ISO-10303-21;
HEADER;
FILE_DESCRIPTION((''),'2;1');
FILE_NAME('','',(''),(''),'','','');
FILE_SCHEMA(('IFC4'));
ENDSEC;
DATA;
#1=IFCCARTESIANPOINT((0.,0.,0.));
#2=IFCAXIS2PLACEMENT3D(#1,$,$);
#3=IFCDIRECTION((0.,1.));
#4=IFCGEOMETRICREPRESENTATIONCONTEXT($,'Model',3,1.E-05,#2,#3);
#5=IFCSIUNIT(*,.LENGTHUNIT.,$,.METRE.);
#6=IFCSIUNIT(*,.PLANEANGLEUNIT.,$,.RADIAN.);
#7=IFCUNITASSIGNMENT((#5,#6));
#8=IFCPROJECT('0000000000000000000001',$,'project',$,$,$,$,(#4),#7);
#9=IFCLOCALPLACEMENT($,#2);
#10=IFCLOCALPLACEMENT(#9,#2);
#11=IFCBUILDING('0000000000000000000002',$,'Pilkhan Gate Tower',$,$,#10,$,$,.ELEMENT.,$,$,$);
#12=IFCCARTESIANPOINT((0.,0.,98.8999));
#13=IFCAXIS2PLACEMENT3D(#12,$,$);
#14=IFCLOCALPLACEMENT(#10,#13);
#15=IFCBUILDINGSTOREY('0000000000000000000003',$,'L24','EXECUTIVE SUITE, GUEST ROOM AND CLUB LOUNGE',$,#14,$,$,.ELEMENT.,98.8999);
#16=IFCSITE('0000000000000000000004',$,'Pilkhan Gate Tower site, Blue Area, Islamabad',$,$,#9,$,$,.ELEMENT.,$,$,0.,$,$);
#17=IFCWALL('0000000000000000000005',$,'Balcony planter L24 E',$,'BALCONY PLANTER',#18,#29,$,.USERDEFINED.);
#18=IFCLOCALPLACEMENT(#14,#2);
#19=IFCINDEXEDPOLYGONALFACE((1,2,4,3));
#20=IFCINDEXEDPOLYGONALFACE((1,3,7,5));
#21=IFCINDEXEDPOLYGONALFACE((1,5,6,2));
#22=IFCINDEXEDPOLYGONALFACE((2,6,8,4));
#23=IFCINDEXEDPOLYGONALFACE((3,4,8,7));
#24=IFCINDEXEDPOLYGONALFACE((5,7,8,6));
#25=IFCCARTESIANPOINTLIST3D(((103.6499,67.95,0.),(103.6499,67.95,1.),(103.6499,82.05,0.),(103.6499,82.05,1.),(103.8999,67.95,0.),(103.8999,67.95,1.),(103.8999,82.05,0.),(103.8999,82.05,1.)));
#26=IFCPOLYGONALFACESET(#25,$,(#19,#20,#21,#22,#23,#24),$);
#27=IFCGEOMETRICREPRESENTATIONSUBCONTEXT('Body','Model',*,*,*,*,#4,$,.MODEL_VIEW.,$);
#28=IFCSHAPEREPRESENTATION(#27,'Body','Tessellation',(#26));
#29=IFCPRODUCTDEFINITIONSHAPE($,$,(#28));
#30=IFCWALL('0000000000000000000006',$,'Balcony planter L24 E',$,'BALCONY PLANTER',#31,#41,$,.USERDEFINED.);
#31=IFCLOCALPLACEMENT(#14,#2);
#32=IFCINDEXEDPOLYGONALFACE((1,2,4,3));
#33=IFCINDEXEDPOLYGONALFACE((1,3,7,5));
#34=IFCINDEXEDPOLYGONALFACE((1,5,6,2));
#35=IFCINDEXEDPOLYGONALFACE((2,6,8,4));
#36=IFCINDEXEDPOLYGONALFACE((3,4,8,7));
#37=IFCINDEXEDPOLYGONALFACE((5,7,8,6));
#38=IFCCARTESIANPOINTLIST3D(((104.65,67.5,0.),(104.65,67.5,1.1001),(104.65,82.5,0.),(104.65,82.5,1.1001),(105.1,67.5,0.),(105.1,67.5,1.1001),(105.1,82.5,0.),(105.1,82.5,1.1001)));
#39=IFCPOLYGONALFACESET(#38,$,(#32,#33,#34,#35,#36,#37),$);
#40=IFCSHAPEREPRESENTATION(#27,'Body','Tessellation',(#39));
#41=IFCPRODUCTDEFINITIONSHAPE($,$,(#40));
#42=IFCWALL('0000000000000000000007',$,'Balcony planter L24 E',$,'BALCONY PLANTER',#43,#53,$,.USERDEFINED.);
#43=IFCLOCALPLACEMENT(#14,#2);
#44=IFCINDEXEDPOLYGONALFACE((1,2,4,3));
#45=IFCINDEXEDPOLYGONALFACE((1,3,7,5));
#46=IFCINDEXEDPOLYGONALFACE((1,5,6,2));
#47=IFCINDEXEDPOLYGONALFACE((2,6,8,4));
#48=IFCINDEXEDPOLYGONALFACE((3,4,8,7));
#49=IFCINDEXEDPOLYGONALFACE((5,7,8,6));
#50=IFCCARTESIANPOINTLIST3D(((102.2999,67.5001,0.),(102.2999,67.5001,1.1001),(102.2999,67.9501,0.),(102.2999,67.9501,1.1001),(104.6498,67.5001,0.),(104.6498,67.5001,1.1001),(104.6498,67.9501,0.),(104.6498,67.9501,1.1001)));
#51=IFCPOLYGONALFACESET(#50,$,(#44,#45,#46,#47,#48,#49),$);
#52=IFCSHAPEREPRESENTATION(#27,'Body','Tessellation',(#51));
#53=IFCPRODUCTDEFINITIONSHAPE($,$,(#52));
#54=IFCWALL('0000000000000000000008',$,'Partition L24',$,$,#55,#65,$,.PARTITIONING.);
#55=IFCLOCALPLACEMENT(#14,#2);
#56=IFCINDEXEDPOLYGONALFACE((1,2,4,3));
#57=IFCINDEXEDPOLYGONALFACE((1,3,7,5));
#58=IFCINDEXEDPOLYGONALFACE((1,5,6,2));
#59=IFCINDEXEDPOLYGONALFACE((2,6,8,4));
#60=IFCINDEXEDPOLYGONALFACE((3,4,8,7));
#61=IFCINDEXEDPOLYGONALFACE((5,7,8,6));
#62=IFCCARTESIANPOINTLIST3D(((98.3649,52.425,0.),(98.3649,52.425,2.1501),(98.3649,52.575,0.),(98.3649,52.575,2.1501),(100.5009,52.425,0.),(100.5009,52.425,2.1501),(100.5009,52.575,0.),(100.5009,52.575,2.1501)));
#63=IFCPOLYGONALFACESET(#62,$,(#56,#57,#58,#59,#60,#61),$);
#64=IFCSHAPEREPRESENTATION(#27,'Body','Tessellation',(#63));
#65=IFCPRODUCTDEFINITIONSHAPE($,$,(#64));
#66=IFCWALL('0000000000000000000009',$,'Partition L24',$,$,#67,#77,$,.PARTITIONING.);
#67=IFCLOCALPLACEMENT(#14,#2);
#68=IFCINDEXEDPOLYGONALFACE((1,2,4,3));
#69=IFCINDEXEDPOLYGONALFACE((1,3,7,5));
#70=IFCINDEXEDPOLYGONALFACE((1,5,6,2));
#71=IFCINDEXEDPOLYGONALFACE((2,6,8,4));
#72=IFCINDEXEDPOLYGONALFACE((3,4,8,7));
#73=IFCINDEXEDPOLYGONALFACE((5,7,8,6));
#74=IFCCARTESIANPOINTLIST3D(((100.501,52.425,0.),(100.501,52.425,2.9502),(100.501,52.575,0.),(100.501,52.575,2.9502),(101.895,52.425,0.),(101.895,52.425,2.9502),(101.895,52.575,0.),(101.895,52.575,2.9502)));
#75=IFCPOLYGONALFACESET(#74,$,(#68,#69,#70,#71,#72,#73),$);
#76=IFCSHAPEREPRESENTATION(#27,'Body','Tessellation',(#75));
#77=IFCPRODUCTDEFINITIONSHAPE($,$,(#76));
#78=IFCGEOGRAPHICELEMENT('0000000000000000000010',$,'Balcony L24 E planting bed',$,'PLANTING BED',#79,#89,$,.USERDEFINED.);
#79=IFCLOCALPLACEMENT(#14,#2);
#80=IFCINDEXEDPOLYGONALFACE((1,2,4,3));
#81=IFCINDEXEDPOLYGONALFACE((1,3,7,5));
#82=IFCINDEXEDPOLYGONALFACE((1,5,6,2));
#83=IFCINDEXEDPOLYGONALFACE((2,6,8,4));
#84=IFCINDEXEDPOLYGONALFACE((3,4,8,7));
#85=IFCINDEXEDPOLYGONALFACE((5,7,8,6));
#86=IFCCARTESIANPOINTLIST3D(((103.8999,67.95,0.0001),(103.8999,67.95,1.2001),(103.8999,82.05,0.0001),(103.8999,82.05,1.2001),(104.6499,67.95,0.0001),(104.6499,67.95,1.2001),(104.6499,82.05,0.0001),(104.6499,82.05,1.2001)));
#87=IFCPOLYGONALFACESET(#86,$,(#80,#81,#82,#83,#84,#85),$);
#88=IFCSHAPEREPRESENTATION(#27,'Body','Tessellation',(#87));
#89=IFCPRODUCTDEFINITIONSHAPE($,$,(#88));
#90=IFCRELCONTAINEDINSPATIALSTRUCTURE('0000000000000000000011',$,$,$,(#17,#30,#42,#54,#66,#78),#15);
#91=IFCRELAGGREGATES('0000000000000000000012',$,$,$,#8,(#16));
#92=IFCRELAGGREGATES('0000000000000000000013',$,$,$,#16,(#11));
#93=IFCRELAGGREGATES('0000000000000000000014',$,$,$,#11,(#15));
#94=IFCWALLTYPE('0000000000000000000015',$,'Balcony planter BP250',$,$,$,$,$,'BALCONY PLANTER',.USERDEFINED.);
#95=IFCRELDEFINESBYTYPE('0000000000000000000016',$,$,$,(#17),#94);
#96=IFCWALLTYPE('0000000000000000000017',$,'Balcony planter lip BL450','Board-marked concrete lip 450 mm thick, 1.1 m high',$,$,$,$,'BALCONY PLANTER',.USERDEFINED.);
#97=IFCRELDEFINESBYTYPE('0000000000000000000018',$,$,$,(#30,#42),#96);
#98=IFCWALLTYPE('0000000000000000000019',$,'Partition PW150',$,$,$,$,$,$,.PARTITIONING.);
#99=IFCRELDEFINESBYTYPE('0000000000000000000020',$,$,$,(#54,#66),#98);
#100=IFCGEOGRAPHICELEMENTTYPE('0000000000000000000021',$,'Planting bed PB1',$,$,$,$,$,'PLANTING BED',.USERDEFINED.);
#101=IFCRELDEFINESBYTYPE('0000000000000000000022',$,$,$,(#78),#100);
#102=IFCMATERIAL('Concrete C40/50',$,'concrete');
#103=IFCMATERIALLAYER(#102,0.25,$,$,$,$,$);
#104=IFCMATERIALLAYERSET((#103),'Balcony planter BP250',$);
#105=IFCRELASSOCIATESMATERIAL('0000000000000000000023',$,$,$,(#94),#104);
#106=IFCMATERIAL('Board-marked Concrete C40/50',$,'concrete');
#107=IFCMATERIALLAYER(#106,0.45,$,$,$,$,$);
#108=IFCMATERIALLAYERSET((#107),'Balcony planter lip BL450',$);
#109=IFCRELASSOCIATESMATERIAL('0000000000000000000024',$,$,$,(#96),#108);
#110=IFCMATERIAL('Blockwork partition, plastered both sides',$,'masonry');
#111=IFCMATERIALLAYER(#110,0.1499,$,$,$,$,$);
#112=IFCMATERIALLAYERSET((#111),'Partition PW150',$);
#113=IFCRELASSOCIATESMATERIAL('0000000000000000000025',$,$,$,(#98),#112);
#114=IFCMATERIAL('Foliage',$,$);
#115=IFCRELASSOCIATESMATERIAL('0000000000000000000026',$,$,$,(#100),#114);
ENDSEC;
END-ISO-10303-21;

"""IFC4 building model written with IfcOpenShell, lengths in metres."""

from ifc_helpers import new_model, si_unit, direction, frame, frame_2d, origin, origin_2d, place, context, subcontext, project, spatial, rectangle, extrude, material, layer, layer_set, material_profile, profile_set, type_object, element, save


model = new_model("IFC4")

# Units and contexts
model_context = context("Model", 3, precision=1e-05, world=origin(), true_north=direction((0.0, 1.0)))
body_context = subcontext(model_context, "Body", "Model", "MODEL_VIEW")
ifc_project = project(units=[si_unit("LENGTHUNIT", "METRE"), si_unit("PLANEANGLEUNIT", "RADIAN")], contexts=[model_context])

# Site, building, storey
site_placement = place(None, origin())
site = spatial("IfcSite", under=ifc_project, at=site_placement, Name="Pilkhan Gate Tower site, Blue Area, Islamabad", CompositionType="ELEMENT", RefElevation=0.0)
building_placement = place(site_placement, origin())
building = spatial("IfcBuilding", under=site, at=building_placement, Name="Pilkhan Gate Tower", CompositionType="ELEMENT")
storey_placement = place(building_placement, frame((0.0, 0.0, 98.8999)))
storey = spatial("IfcBuildingStorey", under=building, at=storey_placement, Name="L24", Description="EXECUTIVE SUITE, GUEST ROOM AND CLUB LOUNGE", CompositionType="ELEMENT", Elevation=98.8999)

# Walls
ifc_material_1 = material(Name="Concrete C40/50", Category="concrete")
ifc_layer_1 = layer(ifc_material_1, 0.25)
ifc_layer_set_1 = layer_set([ifc_layer_1], Name="Balcony planter BP250")
wall_type_1 = type_object("IfcWallType", Name="Balcony planter BP250", ElementType="BALCONY PLANTER", PredefinedType="USERDEFINED", material=ifc_layer_set_1)
wall_1_placement = place(storey_placement, frame((103.7749, 67.95, 0.0), z_axis=(0.0, 0.0, 1.0), x_axis=(0.0, 1.0, 0.0)))
element("IfcWall", 1, at=wall_1_placement, inside=storey, type_object=wall_type_1, Name="Balcony planter L24 E", ObjectType="BALCONY PLANTER", PredefinedType="USERDEFINED", context=body_context, shape_type="SweptSolid", body=[
    extrude(rectangle(XDim=14.1001, YDim=0.25, at=frame_2d((7.05, 0.0))), origin(), (0.0, 0.0, 1.0), 1.0),
])
ifc_material_2 = material(Name="Board-marked Concrete C40/50", Category="concrete")
ifc_layer_2 = layer(ifc_material_2, 0.45)
ifc_layer_set_2 = layer_set([ifc_layer_2], Name="Balcony planter lip BL450")
wall_type_2 = type_object("IfcWallType", Name="Balcony planter lip BL450", Description="Board-marked concrete lip 450 mm thick, 1.1 m high", ElementType="BALCONY PLANTER", PredefinedType="USERDEFINED", material=ifc_layer_set_2)
wall_2_placement = place(storey_placement, frame((104.875, 67.5, 0.0), z_axis=(0.0, 0.0, 1.0), x_axis=(0.0, 1.0, 0.0)))
element("IfcWall", 2, at=wall_2_placement, inside=storey, type_object=wall_type_2, Name="Balcony planter L24 E", ObjectType="BALCONY PLANTER", PredefinedType="USERDEFINED", context=body_context, shape_type="SweptSolid", body=[
    extrude(rectangle(XDim=15.0, YDim=0.45, at=frame_2d((7.5, 0.0))), origin(), (0.0, 0.0, 1.0), 1.1001),
])
wall_3_placement = place(storey_placement, frame((102.3, 67.7251, 0.0), z_axis=(0.0, 0.0, 1.0), x_axis=(1.0, 0.0, 0.0)))
element("IfcWall", 3, at=wall_3_placement, inside=storey, type_object=wall_type_2, Name="Balcony planter L24 E", ObjectType="BALCONY PLANTER", PredefinedType="USERDEFINED", context=body_context, shape_type="SweptSolid", body=[
    extrude(rectangle(XDim=2.3499, YDim=0.45, at=frame_2d((1.1748, 0.0))), origin(), (0.0, 0.0, 1.0), 1.1001),
])
ifc_material_3 = material(Name="Blockwork partition, plastered both sides", Category="masonry")
ifc_layer_3 = layer(ifc_material_3, 0.1499)
ifc_layer_set_3 = layer_set([ifc_layer_3], Name="Partition PW150")
wall_type_3 = type_object("IfcWallType", Name="Partition PW150", PredefinedType="PARTITIONING", material=ifc_layer_set_3)
wall_4_placement = place(storey_placement, frame((98.365, 52.5, 0.0), z_axis=(0.0, 0.0, 1.0), x_axis=(1.0, 0.0, 0.0)))
element("IfcWall", 4, at=wall_4_placement, inside=storey, type_object=wall_type_3, Name="Partition L24", PredefinedType="PARTITIONING", context=body_context, shape_type="SweptSolid", body=[
    extrude(rectangle(XDim=2.136, YDim=0.1499, at=frame_2d((1.0679, 0.0))), origin(), (0.0, 0.0, 1.0), 2.1501),
])
wall_5_placement = place(storey_placement, frame((100.501, 52.5, 0.0), z_axis=(0.0, 0.0, 1.0), x_axis=(1.0, 0.0, 0.0)))
element("IfcWall", 5, at=wall_5_placement, inside=storey, type_object=wall_type_3, Name="Partition L24", PredefinedType="PARTITIONING", context=body_context, shape_type="SweptSolid", body=[
    extrude(rectangle(XDim=1.394, YDim=0.1499, at=frame_2d((0.697, 0.0))), origin(), (0.0, 0.0, 1.0), 2.9502),
])

# Geographic element
ifc_material_4 = material(Name="Foliage")
ifc_material_profile_1 = material_profile(ifc_material_4, rectangle(XDim=0.75, YDim=1.2, at=origin_2d()), Name="Bed 750x1200")
ifc_profile_set_1 = profile_set([ifc_material_profile_1], Name="Foliage")
geographic_element_type = type_object("IfcGeographicElementType", Name="Planting bed PB1", ElementType="PLANTING BED", PredefinedType="USERDEFINED", material=ifc_profile_set_1)
geographic_element_placement = place(storey_placement, frame((104.2749, 67.95, 0.6001), z_axis=(0.0, 1.0, 0.0), x_axis=(-1.0, 0.0, 0.0)))
element("IfcGeographicElement", 6, at=geographic_element_placement, inside=storey, type_object=geographic_element_type, Name="Balcony L24 E planting bed", ObjectType="PLANTING BED", PredefinedType="USERDEFINED", context=body_context, shape_type="SweptSolid", body=[
    extrude(rectangle(XDim=0.75, YDim=1.2, at=origin_2d()), origin(), (0.0, 0.0, 1.0), 14.1001),
])

save(model, "model.ifc")
